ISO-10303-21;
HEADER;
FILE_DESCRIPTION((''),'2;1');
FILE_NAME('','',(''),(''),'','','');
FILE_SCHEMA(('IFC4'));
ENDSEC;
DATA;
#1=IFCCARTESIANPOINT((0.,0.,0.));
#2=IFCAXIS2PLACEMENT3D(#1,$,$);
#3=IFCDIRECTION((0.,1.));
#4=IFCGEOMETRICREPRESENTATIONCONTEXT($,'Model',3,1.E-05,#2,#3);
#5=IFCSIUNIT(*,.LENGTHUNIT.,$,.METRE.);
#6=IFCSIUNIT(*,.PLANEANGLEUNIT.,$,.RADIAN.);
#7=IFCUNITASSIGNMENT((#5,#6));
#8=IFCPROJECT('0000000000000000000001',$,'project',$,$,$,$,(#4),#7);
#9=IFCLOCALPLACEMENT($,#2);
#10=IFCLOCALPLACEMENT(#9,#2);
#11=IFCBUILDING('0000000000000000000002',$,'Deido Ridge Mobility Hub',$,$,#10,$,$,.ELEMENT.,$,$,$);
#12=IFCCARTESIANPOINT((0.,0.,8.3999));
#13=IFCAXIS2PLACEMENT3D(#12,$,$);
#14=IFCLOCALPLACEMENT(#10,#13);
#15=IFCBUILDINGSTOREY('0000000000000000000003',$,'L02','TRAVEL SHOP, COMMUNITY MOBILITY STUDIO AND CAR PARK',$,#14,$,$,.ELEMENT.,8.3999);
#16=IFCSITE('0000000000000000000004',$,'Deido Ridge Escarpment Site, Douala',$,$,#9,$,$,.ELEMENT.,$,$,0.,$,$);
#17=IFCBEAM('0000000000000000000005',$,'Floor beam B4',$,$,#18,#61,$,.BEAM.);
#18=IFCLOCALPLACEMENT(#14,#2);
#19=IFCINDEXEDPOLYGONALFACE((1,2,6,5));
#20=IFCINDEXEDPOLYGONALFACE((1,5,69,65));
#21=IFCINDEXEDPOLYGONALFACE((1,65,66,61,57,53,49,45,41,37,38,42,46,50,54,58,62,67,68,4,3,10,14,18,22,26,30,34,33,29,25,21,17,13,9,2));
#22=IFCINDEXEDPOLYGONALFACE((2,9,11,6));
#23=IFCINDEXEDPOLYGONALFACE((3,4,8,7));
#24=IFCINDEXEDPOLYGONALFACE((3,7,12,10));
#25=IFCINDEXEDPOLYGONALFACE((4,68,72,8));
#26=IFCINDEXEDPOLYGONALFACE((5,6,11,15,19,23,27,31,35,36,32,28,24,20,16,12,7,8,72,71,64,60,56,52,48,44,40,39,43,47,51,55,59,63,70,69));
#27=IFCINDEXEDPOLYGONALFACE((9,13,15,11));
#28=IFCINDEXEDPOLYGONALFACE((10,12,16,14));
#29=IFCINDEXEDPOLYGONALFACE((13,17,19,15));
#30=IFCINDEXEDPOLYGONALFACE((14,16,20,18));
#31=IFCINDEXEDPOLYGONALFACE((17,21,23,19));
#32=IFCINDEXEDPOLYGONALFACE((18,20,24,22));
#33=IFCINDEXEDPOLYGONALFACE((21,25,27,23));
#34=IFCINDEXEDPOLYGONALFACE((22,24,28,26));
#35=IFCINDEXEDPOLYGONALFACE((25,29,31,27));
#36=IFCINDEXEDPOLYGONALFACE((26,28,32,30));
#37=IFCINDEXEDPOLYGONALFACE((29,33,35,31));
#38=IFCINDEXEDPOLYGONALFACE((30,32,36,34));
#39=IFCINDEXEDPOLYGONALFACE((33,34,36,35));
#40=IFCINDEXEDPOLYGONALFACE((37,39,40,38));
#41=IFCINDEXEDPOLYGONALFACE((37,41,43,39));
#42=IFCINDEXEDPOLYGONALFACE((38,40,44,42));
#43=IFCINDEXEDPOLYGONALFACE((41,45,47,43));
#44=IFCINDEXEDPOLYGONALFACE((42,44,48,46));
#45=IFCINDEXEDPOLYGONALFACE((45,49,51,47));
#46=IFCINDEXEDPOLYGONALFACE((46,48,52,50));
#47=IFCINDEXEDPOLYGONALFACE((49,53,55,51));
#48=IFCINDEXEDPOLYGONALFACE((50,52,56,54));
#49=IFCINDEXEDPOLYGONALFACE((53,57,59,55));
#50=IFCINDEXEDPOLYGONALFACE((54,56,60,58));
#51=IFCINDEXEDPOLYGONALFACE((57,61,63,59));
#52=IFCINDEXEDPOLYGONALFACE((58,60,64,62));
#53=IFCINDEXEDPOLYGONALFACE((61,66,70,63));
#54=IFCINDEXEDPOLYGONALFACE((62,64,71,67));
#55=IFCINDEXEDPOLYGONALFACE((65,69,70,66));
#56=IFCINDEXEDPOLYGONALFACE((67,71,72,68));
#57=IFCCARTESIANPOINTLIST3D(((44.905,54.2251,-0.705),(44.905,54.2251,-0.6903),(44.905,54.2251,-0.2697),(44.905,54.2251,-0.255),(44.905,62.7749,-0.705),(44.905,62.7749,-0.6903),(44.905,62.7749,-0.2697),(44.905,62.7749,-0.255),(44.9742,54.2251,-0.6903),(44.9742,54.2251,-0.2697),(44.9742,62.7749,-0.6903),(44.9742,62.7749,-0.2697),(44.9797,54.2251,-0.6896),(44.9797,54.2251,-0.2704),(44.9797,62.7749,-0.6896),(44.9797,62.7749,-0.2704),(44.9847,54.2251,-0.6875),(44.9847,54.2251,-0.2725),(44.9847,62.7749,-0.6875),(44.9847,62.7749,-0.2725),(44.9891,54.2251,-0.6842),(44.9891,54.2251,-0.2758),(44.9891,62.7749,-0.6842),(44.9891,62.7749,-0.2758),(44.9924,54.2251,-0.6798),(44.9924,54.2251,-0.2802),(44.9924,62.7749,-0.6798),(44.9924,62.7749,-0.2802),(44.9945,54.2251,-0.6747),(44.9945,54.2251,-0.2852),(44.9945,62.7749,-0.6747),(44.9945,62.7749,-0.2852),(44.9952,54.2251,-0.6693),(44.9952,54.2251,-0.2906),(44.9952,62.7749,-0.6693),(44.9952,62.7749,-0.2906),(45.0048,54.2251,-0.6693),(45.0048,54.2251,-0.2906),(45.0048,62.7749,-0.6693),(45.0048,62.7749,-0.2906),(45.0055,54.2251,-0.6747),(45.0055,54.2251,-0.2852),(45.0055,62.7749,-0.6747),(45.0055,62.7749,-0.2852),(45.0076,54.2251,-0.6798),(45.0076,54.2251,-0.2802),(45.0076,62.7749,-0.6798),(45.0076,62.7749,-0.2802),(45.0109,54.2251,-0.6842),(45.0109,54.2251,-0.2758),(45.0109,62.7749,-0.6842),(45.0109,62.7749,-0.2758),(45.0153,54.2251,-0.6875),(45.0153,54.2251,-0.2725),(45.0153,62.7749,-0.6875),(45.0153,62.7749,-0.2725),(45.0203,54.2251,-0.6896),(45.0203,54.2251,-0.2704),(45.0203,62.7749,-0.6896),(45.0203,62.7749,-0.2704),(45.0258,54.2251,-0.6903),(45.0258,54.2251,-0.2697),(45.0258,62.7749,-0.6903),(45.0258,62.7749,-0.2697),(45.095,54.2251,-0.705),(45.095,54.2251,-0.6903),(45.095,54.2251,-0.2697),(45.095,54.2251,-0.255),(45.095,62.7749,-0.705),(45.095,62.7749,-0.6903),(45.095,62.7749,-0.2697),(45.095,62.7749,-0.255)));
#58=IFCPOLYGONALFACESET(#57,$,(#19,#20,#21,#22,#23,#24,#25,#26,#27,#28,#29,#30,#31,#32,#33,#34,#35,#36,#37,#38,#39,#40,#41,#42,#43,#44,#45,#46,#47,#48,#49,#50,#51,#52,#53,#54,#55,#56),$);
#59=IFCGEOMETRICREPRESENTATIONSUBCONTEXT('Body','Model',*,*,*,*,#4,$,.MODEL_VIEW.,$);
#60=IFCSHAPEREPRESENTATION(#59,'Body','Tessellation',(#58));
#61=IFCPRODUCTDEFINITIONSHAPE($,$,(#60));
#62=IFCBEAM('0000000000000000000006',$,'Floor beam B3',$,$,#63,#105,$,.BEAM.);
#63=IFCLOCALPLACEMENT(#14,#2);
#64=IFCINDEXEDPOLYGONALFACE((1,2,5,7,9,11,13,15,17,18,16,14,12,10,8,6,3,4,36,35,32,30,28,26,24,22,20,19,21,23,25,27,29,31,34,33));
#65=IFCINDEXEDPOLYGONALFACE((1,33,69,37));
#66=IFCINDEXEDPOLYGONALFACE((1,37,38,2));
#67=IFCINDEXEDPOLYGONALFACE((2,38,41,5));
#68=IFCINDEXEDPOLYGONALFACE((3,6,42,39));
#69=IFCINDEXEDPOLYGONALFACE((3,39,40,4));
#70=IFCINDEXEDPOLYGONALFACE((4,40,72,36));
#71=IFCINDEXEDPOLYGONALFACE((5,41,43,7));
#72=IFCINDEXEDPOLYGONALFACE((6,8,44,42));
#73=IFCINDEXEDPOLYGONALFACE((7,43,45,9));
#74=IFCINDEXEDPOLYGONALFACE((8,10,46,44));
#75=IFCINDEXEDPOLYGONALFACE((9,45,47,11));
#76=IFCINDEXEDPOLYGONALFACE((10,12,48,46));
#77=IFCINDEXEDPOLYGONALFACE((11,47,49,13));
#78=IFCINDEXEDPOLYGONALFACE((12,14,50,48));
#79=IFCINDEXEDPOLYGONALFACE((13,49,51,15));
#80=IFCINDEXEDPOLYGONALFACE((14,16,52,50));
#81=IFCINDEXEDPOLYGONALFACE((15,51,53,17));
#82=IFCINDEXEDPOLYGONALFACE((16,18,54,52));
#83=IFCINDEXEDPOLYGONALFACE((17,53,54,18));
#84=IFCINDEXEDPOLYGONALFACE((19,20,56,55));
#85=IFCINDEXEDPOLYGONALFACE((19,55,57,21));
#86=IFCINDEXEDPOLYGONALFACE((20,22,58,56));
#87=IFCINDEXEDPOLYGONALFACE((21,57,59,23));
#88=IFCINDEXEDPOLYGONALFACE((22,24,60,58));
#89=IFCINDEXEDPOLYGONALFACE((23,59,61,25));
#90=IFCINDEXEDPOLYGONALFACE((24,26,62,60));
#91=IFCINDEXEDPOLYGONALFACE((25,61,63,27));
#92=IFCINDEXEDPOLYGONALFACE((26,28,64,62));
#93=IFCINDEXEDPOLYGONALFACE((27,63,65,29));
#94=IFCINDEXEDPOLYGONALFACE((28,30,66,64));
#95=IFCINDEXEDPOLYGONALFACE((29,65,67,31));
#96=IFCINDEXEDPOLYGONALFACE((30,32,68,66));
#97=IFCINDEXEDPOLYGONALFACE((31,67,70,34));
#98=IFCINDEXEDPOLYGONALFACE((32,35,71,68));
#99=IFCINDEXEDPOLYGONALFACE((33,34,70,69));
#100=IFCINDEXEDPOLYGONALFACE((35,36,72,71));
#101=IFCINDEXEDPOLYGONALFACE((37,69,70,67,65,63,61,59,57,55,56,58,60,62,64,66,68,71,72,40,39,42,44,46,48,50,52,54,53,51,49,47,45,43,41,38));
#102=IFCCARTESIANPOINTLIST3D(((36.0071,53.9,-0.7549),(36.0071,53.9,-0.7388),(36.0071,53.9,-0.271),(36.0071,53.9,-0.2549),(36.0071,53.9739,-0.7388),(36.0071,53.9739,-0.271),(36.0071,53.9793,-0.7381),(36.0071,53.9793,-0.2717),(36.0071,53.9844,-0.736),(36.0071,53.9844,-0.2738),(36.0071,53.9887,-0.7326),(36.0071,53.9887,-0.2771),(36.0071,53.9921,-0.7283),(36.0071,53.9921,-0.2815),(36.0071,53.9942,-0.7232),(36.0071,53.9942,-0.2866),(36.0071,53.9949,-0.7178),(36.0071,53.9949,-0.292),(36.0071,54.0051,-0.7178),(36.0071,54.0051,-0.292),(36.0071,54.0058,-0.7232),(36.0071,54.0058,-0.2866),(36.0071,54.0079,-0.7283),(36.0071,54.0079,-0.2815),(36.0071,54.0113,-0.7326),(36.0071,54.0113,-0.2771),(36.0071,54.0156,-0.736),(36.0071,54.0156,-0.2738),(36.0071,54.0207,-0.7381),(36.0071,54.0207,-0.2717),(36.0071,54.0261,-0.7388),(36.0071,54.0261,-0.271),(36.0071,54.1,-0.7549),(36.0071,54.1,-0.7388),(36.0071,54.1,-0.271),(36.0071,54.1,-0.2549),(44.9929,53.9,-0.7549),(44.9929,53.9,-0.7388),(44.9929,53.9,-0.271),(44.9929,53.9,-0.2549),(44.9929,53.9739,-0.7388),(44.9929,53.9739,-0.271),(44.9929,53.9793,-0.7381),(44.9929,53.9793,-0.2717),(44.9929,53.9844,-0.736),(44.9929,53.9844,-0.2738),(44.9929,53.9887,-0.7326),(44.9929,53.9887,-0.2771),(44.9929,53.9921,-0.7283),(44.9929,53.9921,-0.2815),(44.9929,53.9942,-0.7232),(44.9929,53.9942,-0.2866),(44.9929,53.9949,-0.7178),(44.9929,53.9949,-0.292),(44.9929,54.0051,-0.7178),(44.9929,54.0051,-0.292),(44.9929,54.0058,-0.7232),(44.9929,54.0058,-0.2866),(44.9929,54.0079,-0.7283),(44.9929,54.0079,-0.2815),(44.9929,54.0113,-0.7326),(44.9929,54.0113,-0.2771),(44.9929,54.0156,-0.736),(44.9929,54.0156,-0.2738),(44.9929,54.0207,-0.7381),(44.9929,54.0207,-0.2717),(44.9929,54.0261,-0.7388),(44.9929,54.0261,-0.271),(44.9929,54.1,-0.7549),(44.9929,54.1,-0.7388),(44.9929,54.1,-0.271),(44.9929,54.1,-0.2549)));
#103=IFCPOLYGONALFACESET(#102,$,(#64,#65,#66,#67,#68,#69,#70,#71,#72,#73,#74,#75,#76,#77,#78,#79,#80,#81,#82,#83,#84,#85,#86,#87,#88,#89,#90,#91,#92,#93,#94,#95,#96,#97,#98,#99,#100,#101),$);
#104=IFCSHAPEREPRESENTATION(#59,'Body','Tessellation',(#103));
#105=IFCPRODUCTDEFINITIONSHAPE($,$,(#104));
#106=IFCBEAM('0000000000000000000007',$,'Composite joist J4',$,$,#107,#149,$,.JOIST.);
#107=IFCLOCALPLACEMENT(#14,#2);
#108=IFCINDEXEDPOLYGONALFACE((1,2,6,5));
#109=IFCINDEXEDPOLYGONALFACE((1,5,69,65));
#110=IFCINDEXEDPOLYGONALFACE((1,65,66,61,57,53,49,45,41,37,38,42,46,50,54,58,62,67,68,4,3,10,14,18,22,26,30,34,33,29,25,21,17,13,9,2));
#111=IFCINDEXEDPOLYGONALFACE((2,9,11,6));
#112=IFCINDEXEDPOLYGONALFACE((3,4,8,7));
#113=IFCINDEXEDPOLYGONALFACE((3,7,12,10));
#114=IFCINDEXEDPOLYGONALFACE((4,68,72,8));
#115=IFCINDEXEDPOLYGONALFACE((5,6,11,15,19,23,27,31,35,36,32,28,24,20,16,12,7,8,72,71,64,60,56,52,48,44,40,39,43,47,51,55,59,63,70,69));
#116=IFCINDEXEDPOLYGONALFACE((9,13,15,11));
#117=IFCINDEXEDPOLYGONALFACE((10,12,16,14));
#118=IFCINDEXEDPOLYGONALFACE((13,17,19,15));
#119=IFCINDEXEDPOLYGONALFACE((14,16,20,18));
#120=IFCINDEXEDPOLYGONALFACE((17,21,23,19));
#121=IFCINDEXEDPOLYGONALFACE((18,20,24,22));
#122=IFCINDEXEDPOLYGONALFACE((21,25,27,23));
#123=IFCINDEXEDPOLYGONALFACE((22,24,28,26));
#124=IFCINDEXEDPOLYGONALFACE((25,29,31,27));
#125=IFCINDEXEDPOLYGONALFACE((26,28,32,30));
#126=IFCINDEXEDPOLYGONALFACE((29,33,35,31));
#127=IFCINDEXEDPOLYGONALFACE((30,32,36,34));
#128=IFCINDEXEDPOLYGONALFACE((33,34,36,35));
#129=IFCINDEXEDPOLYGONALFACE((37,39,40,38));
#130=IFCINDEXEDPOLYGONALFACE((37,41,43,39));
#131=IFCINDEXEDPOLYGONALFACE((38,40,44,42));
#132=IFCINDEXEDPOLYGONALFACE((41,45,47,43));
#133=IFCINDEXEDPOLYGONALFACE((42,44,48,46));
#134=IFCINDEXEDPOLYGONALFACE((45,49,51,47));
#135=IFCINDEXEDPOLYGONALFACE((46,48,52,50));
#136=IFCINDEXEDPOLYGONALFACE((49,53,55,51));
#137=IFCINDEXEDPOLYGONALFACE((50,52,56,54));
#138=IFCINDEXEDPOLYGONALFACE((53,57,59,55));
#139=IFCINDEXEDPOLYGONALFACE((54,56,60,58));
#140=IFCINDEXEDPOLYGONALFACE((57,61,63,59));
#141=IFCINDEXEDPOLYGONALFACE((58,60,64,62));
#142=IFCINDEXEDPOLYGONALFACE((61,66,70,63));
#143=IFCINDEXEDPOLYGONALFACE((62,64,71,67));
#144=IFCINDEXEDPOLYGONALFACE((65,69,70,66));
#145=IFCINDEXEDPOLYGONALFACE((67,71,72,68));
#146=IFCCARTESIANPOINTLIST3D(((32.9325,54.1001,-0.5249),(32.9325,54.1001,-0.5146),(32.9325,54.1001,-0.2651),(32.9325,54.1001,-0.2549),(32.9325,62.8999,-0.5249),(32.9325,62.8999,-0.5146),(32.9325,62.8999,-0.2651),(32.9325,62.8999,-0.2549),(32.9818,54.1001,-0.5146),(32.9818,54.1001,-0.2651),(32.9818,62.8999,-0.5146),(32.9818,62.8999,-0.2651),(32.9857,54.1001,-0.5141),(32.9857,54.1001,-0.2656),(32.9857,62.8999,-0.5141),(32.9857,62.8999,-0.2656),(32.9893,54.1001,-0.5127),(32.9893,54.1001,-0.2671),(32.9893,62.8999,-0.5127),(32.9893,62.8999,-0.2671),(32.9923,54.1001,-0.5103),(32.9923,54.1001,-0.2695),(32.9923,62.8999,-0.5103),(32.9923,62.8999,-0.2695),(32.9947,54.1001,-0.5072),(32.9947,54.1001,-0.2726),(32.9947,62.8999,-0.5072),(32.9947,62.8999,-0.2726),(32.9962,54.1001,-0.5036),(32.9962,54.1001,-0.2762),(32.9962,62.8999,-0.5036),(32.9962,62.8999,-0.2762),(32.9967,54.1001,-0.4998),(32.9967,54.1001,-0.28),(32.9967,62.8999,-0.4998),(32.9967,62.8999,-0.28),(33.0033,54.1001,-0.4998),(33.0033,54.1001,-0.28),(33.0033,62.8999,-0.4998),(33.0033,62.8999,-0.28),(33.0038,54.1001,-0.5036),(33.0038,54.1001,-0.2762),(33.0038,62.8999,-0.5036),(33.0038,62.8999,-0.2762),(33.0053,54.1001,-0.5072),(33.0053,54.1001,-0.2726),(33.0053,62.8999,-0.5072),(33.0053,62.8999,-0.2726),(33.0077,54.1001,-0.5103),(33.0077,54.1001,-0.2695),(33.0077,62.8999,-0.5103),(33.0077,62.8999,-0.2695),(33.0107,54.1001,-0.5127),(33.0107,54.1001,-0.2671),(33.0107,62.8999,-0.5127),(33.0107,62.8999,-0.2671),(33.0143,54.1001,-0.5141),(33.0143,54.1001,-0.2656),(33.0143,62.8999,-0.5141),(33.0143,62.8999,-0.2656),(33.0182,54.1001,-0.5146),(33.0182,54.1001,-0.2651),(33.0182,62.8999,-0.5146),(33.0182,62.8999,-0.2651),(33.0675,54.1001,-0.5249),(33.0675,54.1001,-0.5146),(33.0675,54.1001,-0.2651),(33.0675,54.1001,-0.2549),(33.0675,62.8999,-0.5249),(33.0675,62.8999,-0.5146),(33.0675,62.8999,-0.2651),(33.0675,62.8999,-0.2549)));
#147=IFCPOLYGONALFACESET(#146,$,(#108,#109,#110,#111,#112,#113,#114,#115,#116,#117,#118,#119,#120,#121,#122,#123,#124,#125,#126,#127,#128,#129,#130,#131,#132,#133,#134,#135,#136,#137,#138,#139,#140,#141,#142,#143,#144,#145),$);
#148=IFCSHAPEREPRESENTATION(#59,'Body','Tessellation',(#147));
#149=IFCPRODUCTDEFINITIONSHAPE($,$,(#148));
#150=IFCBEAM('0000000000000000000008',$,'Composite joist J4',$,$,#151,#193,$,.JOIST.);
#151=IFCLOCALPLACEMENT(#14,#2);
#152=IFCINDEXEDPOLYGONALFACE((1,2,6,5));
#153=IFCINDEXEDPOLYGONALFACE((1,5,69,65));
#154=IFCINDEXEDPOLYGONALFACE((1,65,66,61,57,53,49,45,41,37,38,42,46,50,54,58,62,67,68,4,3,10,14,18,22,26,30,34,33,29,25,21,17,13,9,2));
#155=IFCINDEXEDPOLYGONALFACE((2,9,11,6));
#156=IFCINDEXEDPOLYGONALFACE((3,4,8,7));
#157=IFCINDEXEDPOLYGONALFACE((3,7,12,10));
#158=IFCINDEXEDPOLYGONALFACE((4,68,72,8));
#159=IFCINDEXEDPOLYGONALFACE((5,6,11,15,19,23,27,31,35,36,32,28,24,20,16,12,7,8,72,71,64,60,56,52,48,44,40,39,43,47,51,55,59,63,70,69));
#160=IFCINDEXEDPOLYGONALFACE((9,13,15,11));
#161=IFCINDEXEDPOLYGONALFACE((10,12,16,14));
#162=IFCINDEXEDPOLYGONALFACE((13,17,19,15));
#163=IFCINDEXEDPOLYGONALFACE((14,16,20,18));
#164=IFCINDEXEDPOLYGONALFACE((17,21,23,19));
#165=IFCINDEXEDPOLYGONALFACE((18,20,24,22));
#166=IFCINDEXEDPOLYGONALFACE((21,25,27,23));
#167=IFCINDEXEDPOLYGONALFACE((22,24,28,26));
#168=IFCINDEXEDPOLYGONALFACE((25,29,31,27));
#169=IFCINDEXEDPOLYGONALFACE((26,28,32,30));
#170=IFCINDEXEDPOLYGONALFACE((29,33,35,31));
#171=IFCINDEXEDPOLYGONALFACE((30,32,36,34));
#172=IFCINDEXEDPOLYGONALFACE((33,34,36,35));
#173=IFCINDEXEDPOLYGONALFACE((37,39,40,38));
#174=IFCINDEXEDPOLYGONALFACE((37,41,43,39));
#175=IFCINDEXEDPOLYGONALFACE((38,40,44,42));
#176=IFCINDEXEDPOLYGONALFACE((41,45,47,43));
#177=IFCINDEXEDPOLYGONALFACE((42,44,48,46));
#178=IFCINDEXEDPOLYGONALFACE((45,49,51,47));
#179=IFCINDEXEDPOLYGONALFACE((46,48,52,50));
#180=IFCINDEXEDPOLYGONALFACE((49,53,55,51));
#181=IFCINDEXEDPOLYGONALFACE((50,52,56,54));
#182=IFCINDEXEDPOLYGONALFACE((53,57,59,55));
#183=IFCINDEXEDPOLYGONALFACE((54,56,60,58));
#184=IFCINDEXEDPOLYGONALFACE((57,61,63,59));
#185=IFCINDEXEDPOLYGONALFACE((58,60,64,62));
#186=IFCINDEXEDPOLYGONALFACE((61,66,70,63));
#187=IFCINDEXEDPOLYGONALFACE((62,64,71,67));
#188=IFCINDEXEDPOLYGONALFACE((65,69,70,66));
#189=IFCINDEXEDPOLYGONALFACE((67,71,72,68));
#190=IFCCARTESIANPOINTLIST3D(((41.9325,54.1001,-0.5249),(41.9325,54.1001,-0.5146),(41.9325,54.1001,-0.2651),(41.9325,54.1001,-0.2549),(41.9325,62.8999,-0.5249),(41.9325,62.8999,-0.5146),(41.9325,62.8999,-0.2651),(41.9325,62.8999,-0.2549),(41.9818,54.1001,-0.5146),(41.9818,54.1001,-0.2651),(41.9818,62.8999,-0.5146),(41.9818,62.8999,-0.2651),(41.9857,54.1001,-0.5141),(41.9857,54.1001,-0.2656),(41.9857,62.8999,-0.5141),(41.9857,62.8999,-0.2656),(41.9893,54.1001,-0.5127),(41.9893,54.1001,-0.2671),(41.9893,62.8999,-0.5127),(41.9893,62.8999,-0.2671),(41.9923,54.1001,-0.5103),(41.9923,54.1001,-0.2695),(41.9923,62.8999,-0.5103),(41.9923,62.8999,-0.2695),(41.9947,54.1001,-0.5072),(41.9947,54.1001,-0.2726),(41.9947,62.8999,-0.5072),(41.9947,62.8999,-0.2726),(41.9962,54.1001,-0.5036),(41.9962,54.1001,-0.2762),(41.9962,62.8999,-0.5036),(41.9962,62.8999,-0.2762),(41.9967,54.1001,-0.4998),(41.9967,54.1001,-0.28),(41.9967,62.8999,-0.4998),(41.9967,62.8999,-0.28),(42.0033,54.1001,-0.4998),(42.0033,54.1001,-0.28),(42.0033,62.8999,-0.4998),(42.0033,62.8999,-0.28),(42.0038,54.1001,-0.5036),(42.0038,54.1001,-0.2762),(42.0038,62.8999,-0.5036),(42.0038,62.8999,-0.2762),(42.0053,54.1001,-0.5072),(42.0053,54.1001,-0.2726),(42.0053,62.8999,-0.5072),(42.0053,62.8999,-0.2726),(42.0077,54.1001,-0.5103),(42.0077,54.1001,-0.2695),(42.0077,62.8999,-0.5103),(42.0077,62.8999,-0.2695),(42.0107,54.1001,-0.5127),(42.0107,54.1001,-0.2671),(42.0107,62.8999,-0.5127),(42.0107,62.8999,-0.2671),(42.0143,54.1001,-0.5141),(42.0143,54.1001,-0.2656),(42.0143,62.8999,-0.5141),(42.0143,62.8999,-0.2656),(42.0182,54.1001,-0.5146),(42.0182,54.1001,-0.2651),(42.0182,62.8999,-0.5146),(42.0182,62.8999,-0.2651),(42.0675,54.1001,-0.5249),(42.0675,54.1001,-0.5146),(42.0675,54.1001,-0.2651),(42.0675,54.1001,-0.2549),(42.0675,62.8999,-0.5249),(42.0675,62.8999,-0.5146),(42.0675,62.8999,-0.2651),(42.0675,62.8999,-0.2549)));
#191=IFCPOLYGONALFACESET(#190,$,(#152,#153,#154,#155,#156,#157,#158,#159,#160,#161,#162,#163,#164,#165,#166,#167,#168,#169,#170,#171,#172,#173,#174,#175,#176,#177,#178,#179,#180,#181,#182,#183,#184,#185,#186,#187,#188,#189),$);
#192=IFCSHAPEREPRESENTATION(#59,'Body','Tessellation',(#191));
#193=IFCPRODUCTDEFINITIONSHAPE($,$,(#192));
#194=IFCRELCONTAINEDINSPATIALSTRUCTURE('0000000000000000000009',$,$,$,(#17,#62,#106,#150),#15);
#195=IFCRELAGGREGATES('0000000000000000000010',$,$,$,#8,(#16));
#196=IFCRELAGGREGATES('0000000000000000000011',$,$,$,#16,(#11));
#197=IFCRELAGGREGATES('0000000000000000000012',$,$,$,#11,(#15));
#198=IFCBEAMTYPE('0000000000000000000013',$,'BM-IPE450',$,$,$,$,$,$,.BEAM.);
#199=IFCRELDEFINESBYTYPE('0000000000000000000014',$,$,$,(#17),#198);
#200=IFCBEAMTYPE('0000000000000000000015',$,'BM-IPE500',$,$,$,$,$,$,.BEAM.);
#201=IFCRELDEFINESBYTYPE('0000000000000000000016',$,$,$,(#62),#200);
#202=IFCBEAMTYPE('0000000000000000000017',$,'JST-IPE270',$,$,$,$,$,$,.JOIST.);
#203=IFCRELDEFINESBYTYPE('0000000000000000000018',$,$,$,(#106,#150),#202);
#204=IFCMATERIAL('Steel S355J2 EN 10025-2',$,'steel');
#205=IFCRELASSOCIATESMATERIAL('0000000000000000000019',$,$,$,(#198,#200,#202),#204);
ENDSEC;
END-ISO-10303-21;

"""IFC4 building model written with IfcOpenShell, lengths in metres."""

from ifc_helpers import new_model, si_unit, direction, frame, origin, origin_2d, place, context, subcontext, project, spatial, i_section, extrude, material, material_profile, profile_set, type_object, element, save


model = new_model("IFC4")

# Units and contexts
model_context = context("Model", 3, precision=1e-05, world=origin(), true_north=direction((0.0, 1.0)))
body_context = subcontext(model_context, "Body", "Model", "MODEL_VIEW")
ifc_project = project(units=[si_unit("LENGTHUNIT", "METRE"), si_unit("PLANEANGLEUNIT", "RADIAN")], contexts=[model_context])

# Site, building, storey
site_placement = place(None, origin())
site = spatial("IfcSite", under=ifc_project, at=site_placement, Name="Deido Ridge Escarpment Site, Douala", CompositionType="ELEMENT", RefElevation=0.0)
building_placement = place(site_placement, origin())
building = spatial("IfcBuilding", under=site, at=building_placement, Name="Deido Ridge Mobility Hub", CompositionType="ELEMENT")
storey_placement = place(building_placement, frame((0.0, 0.0, 8.3999)))
storey = spatial("IfcBuildingStorey", under=building, at=storey_placement, Name="L02", Description="TRAVEL SHOP, COMMUNITY MOBILITY STUDIO AND CAR PARK", CompositionType="ELEMENT", Elevation=8.3999)

# Shared definitions
ifc_material_1 = material(Name="Steel S355J2 EN 10025-2", Category="steel")

# Beams
ifc_material_profile_1 = material_profile(ifc_material_1, i_section(OverallWidth=0.1899, OverallDepth=0.45, WebThickness=0.0095, FlangeThickness=0.0146, FilletRadius=0.021, at=origin_2d()), Name="IPE 450")
ifc_profile_set_1 = profile_set([ifc_material_profile_1], Name="Steel S355J2 EN 10025-2")
beam_type_1 = type_object("IfcBeamType", Name="BM-IPE450", PredefinedType="BEAM", material=ifc_profile_set_1)
for number, where, z_axis, x_axis, name in (
    (1, (45.0, 54.2251, -0.48), (0.0, 1.0, 0.0), (-1.0, 0.0, 0.0), "Floor beam B4"),
):
    element("IfcBeam", number, at=place(storey_placement, frame(where, z_axis=z_axis, x_axis=x_axis)), inside=storey, type_object=beam_type_1, Name=name, PredefinedType="BEAM", context=body_context, shape_type="SweptSolid", body=[
        extrude(i_section(OverallWidth=0.1899, OverallDepth=0.45, WebThickness=0.0095, FlangeThickness=0.0146, FilletRadius=0.021, at=origin_2d()), origin(), (0.0, 0.0, 1.0), 8.5498),
    ])
ifc_material_profile_2 = material_profile(ifc_material_1, i_section(OverallWidth=0.2, OverallDepth=0.5, WebThickness=0.0103, FlangeThickness=0.0161, FilletRadius=0.021, at=origin_2d()), Name="IPE 500")
ifc_profile_set_2 = profile_set([ifc_material_profile_2], Name="Steel S355J2 EN 10025-2")
beam_type_2 = type_object("IfcBeamType", Name="BM-IPE500", PredefinedType="BEAM", material=ifc_profile_set_2)
beam_placement = place(storey_placement, frame((36.0071, 54.0, -0.5049), z_axis=(1.0, 0.0, 0.0), x_axis=(0.0, 1.0, 0.0)))
element("IfcBeam", 2, at=beam_placement, inside=storey, type_object=beam_type_2, Name="Floor beam B3", PredefinedType="BEAM", context=body_context, shape_type="SweptSolid", body=[
    extrude(i_section(OverallWidth=0.2, OverallDepth=0.5, WebThickness=0.0103, FlangeThickness=0.0161, FilletRadius=0.021, at=origin_2d()), origin(), (0.0, 0.0, 1.0), 8.9858),
])
ifc_material_profile_3 = material_profile(ifc_material_1, i_section(OverallWidth=0.135, OverallDepth=0.27, WebThickness=0.0066, FlangeThickness=0.0103, FilletRadius=0.0149, at=origin_2d()), Name="IPE 270")
ifc_profile_set_3 = profile_set([ifc_material_profile_3], Name="Steel S355J2 EN 10025-2")
beam_type_3 = type_object("IfcBeamType", Name="JST-IPE270", PredefinedType="JOIST", material=ifc_profile_set_3)
for number, where, z_axis, x_axis, name in (
    (3, (33.0, 54.1001, -0.3899), (0.0, 1.0, 0.0), (-1.0, 0.0, 0.0), "Composite joist J4"),
    (4, (42.0, 54.1001, -0.3899), (0.0, 1.0, 0.0), (-1.0, 0.0, 0.0), "Composite joist J4"),
):
    element("IfcBeam", number, at=place(storey_placement, frame(where, z_axis=z_axis, x_axis=x_axis)), inside=storey, type_object=beam_type_3, Name=name, PredefinedType="JOIST", context=body_context, shape_type="SweptSolid", body=[
        extrude(i_section(OverallWidth=0.135, OverallDepth=0.27, WebThickness=0.0066, FlangeThickness=0.0103, FilletRadius=0.0149, at=origin_2d()), origin(), (0.0, 0.0, 1.0), 8.7998),
    ])

save(model, "model.ifc")
